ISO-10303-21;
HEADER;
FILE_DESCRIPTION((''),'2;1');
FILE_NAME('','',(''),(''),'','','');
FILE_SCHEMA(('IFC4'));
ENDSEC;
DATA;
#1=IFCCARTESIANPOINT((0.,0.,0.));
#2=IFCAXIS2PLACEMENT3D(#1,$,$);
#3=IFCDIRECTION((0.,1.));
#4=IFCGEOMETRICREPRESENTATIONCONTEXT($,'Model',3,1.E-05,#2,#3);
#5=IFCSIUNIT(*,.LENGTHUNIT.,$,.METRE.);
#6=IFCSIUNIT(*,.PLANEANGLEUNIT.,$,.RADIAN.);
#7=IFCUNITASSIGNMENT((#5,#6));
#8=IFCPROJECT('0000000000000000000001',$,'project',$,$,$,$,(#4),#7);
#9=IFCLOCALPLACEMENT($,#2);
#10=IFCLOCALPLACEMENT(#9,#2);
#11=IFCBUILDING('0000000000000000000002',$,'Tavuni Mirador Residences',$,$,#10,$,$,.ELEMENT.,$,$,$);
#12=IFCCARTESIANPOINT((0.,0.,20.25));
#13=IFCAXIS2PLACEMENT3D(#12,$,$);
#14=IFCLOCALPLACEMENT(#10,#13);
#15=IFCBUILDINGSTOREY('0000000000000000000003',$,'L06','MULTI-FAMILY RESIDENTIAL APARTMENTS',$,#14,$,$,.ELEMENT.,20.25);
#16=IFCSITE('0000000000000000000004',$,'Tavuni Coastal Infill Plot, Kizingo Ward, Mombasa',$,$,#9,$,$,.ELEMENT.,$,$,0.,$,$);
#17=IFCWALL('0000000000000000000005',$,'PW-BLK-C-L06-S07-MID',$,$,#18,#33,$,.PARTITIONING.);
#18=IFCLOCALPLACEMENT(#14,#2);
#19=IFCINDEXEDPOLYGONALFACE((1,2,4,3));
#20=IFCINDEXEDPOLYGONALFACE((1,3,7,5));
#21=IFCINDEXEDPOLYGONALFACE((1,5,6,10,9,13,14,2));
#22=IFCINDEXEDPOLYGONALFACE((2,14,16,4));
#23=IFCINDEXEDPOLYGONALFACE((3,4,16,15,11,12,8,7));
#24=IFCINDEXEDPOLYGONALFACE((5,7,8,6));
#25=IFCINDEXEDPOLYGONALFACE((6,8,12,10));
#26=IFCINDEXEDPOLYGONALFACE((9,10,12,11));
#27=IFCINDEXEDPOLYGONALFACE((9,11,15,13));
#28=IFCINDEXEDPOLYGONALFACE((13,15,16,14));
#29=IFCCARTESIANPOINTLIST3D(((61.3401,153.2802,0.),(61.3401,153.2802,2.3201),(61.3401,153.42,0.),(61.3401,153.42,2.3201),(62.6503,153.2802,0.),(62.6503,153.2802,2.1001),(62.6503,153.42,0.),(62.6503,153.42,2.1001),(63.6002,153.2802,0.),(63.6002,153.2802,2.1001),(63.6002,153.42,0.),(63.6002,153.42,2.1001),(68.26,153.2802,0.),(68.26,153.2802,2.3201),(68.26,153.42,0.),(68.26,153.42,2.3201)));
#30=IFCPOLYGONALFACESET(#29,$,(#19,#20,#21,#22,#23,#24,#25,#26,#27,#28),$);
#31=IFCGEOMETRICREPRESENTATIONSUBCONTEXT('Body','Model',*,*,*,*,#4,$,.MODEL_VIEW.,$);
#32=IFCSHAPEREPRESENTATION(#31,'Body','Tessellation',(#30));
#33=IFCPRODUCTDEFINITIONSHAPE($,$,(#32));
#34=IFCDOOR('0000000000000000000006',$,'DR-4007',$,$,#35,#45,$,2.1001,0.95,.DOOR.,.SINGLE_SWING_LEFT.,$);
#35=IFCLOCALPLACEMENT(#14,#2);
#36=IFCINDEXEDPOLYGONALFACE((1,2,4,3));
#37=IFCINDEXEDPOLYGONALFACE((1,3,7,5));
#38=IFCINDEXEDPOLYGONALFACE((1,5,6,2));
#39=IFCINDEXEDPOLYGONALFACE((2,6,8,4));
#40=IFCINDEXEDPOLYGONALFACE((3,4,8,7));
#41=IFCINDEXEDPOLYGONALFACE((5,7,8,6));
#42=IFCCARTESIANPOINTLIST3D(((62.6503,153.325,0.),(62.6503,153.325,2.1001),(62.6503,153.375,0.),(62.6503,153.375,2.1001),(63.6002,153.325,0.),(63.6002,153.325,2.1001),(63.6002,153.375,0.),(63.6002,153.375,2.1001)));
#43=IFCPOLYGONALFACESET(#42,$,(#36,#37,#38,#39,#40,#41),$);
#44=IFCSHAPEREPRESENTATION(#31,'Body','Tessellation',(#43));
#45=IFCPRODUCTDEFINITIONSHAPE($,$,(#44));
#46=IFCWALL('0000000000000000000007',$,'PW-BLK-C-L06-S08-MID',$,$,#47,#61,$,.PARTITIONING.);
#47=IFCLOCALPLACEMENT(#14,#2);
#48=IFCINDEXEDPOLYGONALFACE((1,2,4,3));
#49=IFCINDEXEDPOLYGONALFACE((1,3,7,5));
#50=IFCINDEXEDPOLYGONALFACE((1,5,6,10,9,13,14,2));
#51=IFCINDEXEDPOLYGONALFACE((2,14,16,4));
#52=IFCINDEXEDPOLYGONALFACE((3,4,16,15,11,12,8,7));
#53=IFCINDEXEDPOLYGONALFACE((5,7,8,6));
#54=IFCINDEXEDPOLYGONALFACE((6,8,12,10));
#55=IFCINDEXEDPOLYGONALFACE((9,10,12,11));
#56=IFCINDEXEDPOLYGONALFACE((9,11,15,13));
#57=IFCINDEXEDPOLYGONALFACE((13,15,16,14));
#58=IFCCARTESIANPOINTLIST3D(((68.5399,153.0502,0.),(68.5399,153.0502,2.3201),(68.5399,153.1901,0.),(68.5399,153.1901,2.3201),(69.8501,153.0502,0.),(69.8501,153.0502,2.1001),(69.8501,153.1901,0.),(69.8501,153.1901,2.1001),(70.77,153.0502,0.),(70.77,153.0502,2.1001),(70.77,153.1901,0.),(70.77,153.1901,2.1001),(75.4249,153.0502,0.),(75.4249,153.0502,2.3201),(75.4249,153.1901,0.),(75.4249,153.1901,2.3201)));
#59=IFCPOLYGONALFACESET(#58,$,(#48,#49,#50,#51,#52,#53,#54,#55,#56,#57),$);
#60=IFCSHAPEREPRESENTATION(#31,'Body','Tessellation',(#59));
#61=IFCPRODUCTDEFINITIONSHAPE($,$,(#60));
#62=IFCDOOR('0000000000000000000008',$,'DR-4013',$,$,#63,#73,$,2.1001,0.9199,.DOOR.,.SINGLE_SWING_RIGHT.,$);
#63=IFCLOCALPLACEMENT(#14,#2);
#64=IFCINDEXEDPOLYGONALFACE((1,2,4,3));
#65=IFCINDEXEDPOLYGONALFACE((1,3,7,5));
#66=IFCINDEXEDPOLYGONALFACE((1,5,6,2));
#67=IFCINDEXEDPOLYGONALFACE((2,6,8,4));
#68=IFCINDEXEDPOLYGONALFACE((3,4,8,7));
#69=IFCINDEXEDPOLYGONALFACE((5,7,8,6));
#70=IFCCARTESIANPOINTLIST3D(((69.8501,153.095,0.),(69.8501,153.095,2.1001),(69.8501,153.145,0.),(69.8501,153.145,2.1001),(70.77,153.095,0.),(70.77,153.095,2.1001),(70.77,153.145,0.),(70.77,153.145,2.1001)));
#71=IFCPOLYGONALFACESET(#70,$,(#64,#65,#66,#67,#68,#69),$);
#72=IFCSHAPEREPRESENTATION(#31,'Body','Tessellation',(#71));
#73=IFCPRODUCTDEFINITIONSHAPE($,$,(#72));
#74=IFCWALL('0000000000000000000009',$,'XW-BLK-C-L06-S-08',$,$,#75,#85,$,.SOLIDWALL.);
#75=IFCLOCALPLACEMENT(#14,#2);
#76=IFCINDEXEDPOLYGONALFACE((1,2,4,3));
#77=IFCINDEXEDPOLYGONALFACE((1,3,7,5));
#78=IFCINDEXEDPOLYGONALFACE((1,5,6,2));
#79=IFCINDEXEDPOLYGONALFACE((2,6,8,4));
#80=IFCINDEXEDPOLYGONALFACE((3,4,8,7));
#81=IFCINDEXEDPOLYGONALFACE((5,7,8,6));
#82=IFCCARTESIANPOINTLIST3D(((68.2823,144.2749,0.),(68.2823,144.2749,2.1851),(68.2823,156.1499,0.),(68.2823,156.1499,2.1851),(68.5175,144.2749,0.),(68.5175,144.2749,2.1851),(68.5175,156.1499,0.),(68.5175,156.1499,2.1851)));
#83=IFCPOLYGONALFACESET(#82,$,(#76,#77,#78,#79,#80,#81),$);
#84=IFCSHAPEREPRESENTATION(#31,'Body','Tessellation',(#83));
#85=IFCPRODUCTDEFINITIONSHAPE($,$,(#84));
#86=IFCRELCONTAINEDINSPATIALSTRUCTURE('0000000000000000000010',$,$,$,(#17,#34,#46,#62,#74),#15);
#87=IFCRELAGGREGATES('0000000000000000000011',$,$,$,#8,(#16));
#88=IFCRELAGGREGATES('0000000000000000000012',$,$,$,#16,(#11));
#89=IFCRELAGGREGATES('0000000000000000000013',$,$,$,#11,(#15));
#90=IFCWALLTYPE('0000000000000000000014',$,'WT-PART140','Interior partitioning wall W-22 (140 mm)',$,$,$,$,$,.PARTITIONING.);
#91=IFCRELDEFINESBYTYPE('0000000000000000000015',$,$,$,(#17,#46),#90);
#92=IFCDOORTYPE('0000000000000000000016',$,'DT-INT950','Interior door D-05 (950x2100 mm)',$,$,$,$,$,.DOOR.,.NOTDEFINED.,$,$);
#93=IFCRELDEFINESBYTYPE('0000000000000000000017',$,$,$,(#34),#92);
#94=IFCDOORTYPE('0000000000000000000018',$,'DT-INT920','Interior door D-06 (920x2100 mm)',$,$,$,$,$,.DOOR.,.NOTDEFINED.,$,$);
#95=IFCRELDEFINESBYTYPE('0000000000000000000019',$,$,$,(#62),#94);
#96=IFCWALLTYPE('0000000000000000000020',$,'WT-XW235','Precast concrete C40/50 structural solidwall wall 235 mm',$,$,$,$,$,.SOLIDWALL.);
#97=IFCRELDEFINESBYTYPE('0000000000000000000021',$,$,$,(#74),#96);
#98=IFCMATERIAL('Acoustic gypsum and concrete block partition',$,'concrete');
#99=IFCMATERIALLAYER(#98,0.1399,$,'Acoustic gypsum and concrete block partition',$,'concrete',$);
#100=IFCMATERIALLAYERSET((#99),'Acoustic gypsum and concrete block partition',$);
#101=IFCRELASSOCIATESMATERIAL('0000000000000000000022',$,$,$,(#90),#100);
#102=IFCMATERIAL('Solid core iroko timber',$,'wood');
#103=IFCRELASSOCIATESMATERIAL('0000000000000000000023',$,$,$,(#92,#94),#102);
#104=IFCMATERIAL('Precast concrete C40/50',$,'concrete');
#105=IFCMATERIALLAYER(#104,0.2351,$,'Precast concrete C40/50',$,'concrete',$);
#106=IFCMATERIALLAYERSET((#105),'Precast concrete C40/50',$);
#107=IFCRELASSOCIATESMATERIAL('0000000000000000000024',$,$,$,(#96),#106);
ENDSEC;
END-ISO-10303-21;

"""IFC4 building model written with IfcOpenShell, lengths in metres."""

from ifc_helpers import new_model, si_unit, direction, frame, frame_2d, origin, place, context, subcontext, project, spatial, rectangle, extrude, material, layer, layer_set, type_object, element, fill, save


model = new_model("IFC4")

# Units and contexts
model_context = context("Model", 3, precision=1e-05, world=origin(), true_north=direction((0.0, 1.0)))
body_context = subcontext(model_context, "Body", "Model", "MODEL_VIEW")
ifc_project = project(units=[si_unit("LENGTHUNIT", "METRE"), si_unit("PLANEANGLEUNIT", "RADIAN")], contexts=[model_context])

# Site, building, storey
site_placement = place(None, origin())
site = spatial("IfcSite", under=ifc_project, at=site_placement, Name="Tavuni Coastal Infill Plot, Kizingo Ward, Mombasa", CompositionType="ELEMENT", RefElevation=0.0)
building_placement = place(site_placement, origin())
building = spatial("IfcBuilding", under=site, at=building_placement, Name="Tavuni Mirador Residences", CompositionType="ELEMENT")
storey_placement = place(building_placement, frame((0.0, 0.0, 20.25)))
storey = spatial("IfcBuildingStorey", under=building, at=storey_placement, Name="L06", Description="MULTI-FAMILY RESIDENTIAL APARTMENTS", CompositionType="ELEMENT", Elevation=20.25)

# Shared definitions
ifc_material_1 = material(Name="Precast concrete C40/50", Category="concrete")

# Walls, openings, doors
ifc_material_2 = material(Name="Solid core iroko timber", Category="wood")
ifc_material_3 = material(Name="Acoustic gypsum and concrete block partition", Category="concrete")
ifc_layer_1 = layer(ifc_material_3, 0.1399, Name="Acoustic gypsum and concrete block partition", Category="concrete")
ifc_layer_set_1 = layer_set([ifc_layer_1], Name="Acoustic gypsum and concrete block partition")
wall_type_1 = type_object("IfcWallType", Name="WT-PART140", Description="Interior partitioning wall W-22 (140 mm)", PredefinedType="PARTITIONING", material=ifc_layer_set_1)
wall_1_placement = place(storey_placement, frame((61.3401, 153.3501, 0.0), z_axis=(0.0, 0.0, 1.0), x_axis=(1.0, 0.0, 0.0)))
wall_1 = element("IfcWall", 1, at=wall_1_placement, inside=storey, type_object=wall_type_1, Name="PW-BLK-C-L06-S07-MID", PredefinedType="PARTITIONING", context=body_context, shape_type="SweptSolid", body=[
    extrude(rectangle(XDim=6.9199, YDim=0.1399, at=frame_2d((3.46, 0.0))), origin(), (0.0, 0.0, 1.0), 2.3201),
])
opening_1_placement = place(wall_1_placement, frame((1.3101, 0.0, 0.0)))
opening_1 = element("IfcOpeningElement", 2, at=opening_1_placement, cuts=wall_1, PredefinedType="OPENING", context=body_context, shape_type="SweptSolid", body=[
    extrude(rectangle(XDim=0.95, YDim=2.1001, at=frame_2d((0.4751, 1.05))), frame((0.0, 0.0801, 0.0), z_axis=(0.0, -1.0, 0.0), x_axis=(1.0, 0.0, 0.0)), (0.0, 0.0, 1.0), 0.1599),
])
door_type_1 = type_object("IfcDoorType", Name="DT-INT950", Description="Interior door D-05 (950x2100 mm)", OperationType="NOTDEFINED", PredefinedType="DOOR", material=ifc_material_2)
door_1_placement = place(opening_1_placement, origin())
door_1 = element("IfcDoor", 3, at=door_1_placement, inside=storey, type_object=door_type_1, Name="DR-4007", OperationType="SINGLE_SWING_LEFT", OverallHeight=2.1001, OverallWidth=0.95, PredefinedType="DOOR", context=body_context, shape_type="SweptSolid", body=[
    extrude(rectangle(XDim=0.95, YDim=2.1001, at=frame_2d((0.4751, 1.05))), frame((0.0, 0.0249, 0.0), z_axis=(0.0, -1.0, 0.0), x_axis=(1.0, 0.0, 0.0)), (0.0, 0.0, 1.0), 0.05),
])
fill(opening_1, door_1)
wall_2_placement = place(storey_placement, frame((68.54, 153.1201, 0.0), z_axis=(0.0, 0.0, 1.0), x_axis=(1.0, 0.0, 0.0)))
wall_2 = element("IfcWall", 4, at=wall_2_placement, inside=storey, type_object=wall_type_1, Name="PW-BLK-C-L06-S08-MID", PredefinedType="PARTITIONING", context=body_context, shape_type="SweptSolid", body=[
    extrude(rectangle(XDim=6.885, YDim=0.1399, at=frame_2d((3.4424, 0.0))), origin(), (0.0, 0.0, 1.0), 2.3201),
])
opening_2_placement = place(wall_2_placement, frame((1.3101, 0.0, 0.0)))
opening_2 = element("IfcOpeningElement", 5, at=opening_2_placement, cuts=wall_2, PredefinedType="OPENING", context=body_context, shape_type="SweptSolid", body=[
    extrude(rectangle(XDim=0.9199, YDim=2.1001, at=frame_2d((0.46, 1.05))), frame((0.0, 0.0801, 0.0), z_axis=(0.0, -1.0, 0.0), x_axis=(1.0, 0.0, 0.0)), (0.0, 0.0, 1.0), 0.1599),
])
door_type_2 = type_object("IfcDoorType", Name="DT-INT920", Description="Interior door D-06 (920x2100 mm)", OperationType="NOTDEFINED", PredefinedType="DOOR", material=ifc_material_2)
door_2_placement = place(opening_2_placement, origin())
door_2 = element("IfcDoor", 6, at=door_2_placement, inside=storey, type_object=door_type_2, Name="DR-4013", OperationType="SINGLE_SWING_RIGHT", OverallHeight=2.1001, OverallWidth=0.9199, PredefinedType="DOOR", context=body_context, shape_type="SweptSolid", body=[
    extrude(rectangle(XDim=0.9199, YDim=2.1001, at=frame_2d((0.46, 1.05))), frame((0.0, 0.0249, 0.0), z_axis=(0.0, -1.0, 0.0), x_axis=(1.0, 0.0, 0.0)), (0.0, 0.0, 1.0), 0.05),
])
fill(opening_2, door_2)

# Wall
ifc_layer_2 = layer(ifc_material_1, 0.2351, Name="Precast concrete C40/50", Category="concrete")
ifc_layer_set_2 = layer_set([ifc_layer_2], Name="Precast concrete C40/50")
wall_type_2 = type_object("IfcWallType", Name="WT-XW235", Description="Precast concrete C40/50 structural solidwall wall 235 mm", PredefinedType="SOLIDWALL", material=ifc_layer_set_2)
wall_3_placement = place(storey_placement, frame((68.3999, 144.2749, 0.0), z_axis=(0.0, 0.0, 1.0), x_axis=(0.0, 1.0, 0.0)))
element("IfcWall", 7, at=wall_3_placement, inside=storey, type_object=wall_type_2, Name="XW-BLK-C-L06-S-08", PredefinedType="SOLIDWALL", context=body_context, shape_type="SweptSolid", body=[
    extrude(rectangle(XDim=11.875, YDim=0.2351, at=frame_2d((5.9375, 0.0))), origin(), (0.0, 0.0, 1.0), 2.1851),
])

save(model, "model.ifc")
